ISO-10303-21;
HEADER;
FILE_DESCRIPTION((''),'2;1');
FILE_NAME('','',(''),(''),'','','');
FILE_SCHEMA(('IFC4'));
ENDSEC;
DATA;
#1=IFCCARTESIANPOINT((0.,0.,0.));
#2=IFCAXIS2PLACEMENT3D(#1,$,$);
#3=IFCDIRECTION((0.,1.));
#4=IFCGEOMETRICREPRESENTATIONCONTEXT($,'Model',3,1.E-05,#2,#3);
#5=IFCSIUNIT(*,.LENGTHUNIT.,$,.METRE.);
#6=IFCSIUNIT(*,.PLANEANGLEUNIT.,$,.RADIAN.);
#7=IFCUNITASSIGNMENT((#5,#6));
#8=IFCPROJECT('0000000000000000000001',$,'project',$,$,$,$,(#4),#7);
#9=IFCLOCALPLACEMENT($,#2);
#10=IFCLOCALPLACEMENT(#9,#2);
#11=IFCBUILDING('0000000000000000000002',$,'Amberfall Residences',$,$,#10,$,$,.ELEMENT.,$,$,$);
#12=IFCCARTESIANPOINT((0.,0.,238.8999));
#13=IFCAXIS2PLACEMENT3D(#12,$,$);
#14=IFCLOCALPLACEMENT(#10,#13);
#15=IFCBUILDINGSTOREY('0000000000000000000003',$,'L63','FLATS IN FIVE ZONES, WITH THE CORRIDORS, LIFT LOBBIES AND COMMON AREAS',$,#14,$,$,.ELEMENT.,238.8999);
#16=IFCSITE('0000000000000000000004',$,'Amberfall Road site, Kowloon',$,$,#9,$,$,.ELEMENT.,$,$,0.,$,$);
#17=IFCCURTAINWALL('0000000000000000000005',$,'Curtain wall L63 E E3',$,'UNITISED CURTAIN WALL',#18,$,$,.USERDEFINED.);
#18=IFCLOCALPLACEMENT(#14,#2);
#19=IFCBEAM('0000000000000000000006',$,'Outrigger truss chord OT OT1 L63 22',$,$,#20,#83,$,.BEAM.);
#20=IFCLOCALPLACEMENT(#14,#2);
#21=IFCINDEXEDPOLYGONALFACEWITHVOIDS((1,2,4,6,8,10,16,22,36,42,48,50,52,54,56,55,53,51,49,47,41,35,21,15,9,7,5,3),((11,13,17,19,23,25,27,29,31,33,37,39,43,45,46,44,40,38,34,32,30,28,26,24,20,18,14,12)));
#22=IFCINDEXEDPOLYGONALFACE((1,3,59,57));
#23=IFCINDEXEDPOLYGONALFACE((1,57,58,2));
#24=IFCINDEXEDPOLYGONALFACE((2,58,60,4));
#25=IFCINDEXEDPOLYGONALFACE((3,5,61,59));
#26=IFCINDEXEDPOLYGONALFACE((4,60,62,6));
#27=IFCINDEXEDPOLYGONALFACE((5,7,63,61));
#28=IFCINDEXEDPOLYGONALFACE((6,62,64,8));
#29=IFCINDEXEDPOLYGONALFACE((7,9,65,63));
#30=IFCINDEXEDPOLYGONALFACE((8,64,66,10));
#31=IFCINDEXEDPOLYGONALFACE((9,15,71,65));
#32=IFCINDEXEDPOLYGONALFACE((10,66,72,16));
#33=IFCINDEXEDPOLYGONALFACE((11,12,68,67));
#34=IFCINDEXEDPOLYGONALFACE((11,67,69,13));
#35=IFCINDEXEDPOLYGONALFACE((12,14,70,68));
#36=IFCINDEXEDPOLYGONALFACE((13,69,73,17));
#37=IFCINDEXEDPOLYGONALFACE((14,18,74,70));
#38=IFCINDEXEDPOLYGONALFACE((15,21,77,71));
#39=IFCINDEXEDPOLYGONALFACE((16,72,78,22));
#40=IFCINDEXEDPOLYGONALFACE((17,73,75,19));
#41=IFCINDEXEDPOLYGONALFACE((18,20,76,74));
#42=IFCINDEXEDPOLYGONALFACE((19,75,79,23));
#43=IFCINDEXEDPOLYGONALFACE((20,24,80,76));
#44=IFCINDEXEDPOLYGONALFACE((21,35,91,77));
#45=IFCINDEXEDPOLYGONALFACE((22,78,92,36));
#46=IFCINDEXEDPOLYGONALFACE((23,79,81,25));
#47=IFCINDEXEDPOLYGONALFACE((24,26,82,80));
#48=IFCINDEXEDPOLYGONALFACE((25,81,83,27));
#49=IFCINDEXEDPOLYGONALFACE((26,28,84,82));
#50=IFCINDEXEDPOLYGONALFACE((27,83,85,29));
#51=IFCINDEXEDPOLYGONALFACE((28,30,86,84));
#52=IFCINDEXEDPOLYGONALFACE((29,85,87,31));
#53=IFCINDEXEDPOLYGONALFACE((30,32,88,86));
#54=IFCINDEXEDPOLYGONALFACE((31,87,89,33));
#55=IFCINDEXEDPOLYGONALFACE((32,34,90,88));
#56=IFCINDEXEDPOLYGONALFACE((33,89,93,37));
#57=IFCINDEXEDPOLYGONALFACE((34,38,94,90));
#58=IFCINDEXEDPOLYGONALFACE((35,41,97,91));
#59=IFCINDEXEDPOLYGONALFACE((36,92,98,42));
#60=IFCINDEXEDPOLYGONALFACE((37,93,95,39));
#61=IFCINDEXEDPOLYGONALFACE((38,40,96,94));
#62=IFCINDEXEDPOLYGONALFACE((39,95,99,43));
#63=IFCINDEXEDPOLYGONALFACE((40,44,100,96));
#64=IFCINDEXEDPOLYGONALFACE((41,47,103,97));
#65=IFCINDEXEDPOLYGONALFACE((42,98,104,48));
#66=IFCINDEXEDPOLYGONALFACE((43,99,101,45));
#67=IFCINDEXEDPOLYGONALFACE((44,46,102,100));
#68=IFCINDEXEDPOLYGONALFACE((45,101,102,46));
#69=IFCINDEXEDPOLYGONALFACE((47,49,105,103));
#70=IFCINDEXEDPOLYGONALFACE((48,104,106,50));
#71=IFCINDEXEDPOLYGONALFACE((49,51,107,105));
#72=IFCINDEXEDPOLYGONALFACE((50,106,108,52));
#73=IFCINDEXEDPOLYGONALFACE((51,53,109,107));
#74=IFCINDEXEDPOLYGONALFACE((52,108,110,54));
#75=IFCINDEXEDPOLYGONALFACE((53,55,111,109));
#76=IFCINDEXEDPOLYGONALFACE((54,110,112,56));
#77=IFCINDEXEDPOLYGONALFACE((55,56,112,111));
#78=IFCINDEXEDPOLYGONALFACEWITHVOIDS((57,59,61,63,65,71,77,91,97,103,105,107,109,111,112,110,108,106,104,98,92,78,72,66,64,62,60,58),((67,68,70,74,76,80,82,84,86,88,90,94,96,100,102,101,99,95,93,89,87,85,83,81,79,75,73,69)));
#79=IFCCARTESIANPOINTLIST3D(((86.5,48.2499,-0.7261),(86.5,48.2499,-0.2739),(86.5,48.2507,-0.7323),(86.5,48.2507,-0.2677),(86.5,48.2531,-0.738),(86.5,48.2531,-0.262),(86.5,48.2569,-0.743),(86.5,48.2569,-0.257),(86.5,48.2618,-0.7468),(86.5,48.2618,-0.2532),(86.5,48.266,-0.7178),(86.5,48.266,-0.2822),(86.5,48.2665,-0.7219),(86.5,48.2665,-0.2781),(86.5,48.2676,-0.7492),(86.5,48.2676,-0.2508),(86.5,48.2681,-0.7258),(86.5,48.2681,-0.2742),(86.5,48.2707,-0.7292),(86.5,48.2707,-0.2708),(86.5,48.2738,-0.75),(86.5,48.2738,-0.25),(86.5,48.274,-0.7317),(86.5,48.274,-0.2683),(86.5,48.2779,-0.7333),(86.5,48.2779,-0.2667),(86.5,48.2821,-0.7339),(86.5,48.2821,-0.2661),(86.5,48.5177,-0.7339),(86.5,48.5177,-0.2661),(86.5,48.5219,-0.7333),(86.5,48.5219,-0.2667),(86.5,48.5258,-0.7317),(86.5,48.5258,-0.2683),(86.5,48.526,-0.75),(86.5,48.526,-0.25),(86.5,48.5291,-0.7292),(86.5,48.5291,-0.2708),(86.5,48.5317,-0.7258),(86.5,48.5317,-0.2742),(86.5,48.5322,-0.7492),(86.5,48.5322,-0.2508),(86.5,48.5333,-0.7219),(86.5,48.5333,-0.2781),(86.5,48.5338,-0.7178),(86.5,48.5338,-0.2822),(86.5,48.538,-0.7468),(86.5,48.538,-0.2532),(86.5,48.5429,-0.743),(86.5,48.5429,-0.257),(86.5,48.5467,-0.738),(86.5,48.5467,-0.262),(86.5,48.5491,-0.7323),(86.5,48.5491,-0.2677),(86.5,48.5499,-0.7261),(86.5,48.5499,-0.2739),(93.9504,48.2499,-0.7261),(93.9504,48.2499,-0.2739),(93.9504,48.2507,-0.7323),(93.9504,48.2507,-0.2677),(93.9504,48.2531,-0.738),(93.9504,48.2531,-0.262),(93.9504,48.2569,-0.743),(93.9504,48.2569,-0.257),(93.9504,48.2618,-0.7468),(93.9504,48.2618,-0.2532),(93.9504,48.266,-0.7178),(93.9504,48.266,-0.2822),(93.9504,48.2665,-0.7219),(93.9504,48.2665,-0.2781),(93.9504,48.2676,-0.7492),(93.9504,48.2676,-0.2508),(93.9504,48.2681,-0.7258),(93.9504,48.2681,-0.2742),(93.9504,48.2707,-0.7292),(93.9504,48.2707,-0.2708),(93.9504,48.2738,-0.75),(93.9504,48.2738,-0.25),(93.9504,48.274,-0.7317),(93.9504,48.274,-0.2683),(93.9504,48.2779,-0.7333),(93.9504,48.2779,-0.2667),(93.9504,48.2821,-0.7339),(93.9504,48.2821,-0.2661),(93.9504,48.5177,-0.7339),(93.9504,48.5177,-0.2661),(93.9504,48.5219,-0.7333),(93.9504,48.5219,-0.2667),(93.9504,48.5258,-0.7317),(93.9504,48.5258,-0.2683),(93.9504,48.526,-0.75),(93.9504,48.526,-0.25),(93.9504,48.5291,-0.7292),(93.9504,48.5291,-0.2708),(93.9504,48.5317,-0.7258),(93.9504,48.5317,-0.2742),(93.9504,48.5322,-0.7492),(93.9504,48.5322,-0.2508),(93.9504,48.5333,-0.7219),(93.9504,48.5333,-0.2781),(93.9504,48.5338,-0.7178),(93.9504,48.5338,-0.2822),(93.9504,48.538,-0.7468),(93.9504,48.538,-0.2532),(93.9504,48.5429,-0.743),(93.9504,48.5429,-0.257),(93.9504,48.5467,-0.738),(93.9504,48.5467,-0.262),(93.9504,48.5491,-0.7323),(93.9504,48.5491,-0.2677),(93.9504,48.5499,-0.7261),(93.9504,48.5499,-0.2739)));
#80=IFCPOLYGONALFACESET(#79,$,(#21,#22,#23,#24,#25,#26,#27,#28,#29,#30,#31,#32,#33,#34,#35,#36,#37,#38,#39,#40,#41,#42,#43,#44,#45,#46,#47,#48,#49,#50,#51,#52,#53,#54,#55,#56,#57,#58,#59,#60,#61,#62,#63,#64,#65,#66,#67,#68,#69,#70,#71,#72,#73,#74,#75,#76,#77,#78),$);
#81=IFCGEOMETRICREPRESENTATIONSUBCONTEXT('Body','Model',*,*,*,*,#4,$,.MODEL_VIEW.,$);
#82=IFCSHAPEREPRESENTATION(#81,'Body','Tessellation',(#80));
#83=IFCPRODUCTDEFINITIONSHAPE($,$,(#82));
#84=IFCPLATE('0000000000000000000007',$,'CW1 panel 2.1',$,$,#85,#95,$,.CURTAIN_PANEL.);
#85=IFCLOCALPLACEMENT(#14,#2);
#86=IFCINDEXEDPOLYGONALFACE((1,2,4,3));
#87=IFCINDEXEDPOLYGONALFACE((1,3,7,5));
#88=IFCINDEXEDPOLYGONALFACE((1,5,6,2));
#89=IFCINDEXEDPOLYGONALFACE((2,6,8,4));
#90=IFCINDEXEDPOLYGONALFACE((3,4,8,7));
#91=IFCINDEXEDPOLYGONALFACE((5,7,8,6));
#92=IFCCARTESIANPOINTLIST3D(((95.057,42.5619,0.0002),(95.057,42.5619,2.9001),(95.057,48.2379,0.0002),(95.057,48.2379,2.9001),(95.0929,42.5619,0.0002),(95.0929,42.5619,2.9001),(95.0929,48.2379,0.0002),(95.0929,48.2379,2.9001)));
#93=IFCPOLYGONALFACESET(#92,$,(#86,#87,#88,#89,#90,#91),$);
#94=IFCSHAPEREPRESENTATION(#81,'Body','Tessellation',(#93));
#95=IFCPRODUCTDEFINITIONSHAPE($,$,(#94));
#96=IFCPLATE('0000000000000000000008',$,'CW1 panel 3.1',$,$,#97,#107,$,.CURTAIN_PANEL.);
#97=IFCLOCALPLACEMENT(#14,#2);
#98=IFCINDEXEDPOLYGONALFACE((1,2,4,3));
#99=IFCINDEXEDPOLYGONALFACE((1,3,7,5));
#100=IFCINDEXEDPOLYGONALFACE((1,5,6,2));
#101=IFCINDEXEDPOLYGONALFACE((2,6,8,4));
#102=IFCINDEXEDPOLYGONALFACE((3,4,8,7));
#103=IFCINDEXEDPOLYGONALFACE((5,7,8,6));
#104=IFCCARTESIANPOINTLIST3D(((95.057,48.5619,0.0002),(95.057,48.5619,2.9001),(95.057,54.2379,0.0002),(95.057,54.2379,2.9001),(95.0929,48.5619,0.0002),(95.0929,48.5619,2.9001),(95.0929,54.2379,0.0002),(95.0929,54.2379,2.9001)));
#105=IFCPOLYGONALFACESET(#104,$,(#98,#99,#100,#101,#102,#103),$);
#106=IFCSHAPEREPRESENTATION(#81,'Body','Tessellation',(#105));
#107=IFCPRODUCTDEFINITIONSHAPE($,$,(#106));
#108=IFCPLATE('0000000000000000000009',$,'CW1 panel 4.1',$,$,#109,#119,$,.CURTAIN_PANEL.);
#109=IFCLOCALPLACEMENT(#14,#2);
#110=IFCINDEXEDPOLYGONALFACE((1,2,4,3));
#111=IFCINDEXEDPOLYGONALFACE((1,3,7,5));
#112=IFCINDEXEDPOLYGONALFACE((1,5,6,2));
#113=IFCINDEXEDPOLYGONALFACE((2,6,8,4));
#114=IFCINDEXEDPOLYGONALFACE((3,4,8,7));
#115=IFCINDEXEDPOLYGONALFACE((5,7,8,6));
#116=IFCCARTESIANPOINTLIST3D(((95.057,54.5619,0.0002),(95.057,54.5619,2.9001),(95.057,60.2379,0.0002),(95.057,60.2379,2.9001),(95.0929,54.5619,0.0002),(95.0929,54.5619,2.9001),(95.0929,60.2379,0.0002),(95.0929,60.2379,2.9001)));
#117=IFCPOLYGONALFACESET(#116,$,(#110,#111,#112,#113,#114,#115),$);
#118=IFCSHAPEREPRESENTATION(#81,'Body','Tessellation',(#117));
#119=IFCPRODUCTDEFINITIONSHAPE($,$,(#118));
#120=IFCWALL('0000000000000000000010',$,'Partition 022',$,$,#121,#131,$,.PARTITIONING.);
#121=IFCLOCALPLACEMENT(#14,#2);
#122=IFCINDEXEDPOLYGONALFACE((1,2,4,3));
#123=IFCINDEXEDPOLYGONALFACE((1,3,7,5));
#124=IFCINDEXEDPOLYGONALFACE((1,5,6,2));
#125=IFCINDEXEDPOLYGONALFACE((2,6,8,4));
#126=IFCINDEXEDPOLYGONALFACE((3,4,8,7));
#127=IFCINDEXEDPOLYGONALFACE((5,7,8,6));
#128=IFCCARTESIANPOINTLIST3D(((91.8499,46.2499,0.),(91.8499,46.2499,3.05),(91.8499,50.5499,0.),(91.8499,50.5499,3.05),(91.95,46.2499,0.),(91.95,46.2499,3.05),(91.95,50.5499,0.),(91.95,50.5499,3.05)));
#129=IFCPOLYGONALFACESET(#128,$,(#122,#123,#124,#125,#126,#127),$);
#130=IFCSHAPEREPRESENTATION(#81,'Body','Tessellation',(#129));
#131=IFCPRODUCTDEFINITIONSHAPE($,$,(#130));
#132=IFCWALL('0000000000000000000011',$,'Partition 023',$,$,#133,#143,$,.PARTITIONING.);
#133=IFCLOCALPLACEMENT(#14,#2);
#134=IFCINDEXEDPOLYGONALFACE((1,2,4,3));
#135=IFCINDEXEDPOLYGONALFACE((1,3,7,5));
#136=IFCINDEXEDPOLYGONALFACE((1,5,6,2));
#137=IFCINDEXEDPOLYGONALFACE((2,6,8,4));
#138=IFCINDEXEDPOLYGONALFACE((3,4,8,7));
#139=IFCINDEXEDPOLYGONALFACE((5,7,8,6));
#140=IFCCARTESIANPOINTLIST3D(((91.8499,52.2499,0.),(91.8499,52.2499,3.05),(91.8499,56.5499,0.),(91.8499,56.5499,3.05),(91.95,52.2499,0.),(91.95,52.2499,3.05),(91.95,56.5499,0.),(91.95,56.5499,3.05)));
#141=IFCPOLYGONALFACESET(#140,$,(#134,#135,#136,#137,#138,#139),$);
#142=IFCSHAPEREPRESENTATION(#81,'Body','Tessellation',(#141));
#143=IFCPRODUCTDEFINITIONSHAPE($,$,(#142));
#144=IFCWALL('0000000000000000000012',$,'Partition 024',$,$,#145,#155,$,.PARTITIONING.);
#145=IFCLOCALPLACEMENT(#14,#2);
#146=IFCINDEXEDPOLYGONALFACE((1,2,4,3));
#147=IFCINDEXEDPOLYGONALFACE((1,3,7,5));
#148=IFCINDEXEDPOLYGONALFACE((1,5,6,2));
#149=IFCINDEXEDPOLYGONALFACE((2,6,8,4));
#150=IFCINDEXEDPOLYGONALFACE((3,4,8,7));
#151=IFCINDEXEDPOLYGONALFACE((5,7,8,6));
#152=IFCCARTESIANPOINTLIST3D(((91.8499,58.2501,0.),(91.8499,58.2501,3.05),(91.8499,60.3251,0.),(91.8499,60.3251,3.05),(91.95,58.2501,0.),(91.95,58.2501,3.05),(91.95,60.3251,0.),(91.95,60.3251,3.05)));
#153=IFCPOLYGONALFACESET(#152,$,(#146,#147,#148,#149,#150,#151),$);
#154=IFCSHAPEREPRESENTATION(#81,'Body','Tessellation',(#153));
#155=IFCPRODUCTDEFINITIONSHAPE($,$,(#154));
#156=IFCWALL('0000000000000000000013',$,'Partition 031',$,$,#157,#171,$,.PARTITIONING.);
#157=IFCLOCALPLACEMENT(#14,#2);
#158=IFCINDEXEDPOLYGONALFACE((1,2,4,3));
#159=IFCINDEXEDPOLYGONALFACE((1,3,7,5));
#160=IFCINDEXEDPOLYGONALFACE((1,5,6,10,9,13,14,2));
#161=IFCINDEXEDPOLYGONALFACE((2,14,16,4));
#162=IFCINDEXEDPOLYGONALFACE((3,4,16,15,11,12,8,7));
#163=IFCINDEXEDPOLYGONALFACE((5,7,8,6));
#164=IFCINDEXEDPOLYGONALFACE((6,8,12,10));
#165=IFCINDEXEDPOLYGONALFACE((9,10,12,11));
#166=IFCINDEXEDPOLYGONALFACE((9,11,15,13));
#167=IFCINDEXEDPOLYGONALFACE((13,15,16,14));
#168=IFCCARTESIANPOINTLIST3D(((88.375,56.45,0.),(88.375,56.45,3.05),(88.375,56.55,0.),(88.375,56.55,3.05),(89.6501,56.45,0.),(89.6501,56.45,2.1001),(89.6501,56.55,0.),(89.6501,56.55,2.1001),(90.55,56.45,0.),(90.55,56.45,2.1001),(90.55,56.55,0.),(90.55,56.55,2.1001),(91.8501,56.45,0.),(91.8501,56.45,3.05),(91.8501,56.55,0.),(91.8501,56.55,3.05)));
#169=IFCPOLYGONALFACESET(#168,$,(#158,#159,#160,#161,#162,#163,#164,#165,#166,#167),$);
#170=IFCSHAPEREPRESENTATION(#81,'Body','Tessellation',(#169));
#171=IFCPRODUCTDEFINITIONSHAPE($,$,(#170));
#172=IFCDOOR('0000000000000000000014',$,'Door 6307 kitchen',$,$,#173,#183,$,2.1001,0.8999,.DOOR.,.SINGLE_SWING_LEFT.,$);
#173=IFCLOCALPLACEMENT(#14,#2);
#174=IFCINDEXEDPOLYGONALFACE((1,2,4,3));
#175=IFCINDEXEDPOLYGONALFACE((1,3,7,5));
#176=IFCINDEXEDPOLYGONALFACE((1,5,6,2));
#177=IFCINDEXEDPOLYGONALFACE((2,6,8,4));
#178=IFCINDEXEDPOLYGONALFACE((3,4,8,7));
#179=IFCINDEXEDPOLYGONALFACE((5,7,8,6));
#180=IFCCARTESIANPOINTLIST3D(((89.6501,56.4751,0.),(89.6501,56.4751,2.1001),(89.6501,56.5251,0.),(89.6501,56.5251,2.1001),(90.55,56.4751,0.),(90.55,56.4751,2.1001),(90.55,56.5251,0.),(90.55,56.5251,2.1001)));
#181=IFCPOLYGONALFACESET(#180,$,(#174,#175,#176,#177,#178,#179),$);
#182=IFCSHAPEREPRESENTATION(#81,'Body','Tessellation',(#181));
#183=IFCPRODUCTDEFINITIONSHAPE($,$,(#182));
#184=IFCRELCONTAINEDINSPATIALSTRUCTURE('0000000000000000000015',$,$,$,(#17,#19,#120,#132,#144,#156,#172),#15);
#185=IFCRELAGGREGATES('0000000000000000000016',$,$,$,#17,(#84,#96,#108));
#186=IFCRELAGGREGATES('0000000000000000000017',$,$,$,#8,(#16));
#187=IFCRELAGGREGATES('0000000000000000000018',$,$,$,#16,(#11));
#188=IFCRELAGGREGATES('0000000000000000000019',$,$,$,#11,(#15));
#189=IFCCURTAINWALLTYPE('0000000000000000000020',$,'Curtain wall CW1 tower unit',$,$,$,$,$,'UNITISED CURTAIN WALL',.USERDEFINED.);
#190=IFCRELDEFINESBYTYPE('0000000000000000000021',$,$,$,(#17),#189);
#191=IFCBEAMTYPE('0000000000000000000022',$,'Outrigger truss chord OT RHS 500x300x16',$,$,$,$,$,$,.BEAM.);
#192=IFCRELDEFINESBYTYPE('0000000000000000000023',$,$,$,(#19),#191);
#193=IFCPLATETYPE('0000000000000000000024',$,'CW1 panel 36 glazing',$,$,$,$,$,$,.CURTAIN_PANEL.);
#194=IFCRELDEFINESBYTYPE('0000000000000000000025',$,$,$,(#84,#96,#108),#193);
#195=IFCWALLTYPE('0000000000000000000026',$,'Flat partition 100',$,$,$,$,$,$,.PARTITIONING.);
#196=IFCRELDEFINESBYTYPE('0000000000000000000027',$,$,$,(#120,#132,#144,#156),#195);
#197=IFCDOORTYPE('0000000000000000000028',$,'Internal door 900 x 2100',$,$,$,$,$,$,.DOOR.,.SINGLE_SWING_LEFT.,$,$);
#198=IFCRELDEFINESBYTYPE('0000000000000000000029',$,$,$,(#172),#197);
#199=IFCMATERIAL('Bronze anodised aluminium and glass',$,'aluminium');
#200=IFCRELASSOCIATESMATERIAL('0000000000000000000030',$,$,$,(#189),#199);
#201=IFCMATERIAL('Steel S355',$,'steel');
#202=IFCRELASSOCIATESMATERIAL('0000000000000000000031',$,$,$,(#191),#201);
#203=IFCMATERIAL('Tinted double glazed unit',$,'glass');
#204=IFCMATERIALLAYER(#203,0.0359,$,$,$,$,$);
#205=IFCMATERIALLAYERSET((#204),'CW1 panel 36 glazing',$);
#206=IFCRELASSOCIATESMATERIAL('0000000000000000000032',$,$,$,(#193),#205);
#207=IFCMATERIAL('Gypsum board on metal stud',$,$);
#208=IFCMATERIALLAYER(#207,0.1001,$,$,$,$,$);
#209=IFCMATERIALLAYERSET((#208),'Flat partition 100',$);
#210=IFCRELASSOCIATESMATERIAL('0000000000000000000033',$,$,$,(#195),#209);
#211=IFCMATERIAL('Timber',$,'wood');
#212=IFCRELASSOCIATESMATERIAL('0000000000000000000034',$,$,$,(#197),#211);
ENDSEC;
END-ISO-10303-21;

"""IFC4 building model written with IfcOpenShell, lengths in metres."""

from ifc_helpers import new_model, si_unit, direction, frame, frame_2d, origin, origin_2d, place, context, subcontext, project, spatial, rectangle, hollow_rectangle, extrude, material, layer, layer_set, material_profile, profile_set, type_object, element, fill, aggregate, save


model = new_model("IFC4")

# Units and contexts
model_context = context("Model", 3, precision=1e-05, world=origin(), true_north=direction((0.0, 1.0)))
body_context = subcontext(model_context, "Body", "Model", "MODEL_VIEW")
ifc_project = project(units=[si_unit("LENGTHUNIT", "METRE"), si_unit("PLANEANGLEUNIT", "RADIAN")], contexts=[model_context])

# Site, building, storey
site_placement = place(None, origin())
site = spatial("IfcSite", under=ifc_project, at=site_placement, Name="Amberfall Road site, Kowloon", CompositionType="ELEMENT", RefElevation=0.0)
building_placement = place(site_placement, origin())
building = spatial("IfcBuilding", under=site, at=building_placement, Name="Amberfall Residences", CompositionType="ELEMENT")
storey_placement = place(building_placement, frame((0.0, 0.0, 238.8999)))
storey = spatial("IfcBuildingStorey", under=building, at=storey_placement, Name="L63", Description="FLATS IN FIVE ZONES, WITH THE CORRIDORS, LIFT LOBBIES AND COMMON AREAS", CompositionType="ELEMENT", Elevation=238.8999)

# Shared definitions
ifc_material_1 = material(Name="Steel S355", Category="steel")

# Curtain wall
ifc_material_2 = material(Name="Bronze anodised aluminium and glass", Category="aluminium")
curtain_wall_type = type_object("IfcCurtainWallType", Name="Curtain wall CW1 tower unit", ElementType="UNITISED CURTAIN WALL", PredefinedType="USERDEFINED", material=ifc_material_2)
curtain_wall_placement = place(storey_placement, origin())
curtain_wall = element("IfcCurtainWall", 1, at=curtain_wall_placement, inside=storey, type_object=curtain_wall_type, Name="Curtain wall L63 E E3", ObjectType="UNITISED CURTAIN WALL", PredefinedType="USERDEFINED")

# Beam
ifc_material_profile_1 = material_profile(ifc_material_1, hollow_rectangle(XDim=0.3, YDim=0.5, WallThickness=0.0161, InnerFilletRadius=0.0161, OuterFilletRadius=0.0239, at=origin_2d()), Name="RHS 500x300x16")
ifc_profile_set_1 = profile_set([ifc_material_profile_1], Name="Steel S355")
beam_type_1 = type_object("IfcBeamType", Name="Outrigger truss chord OT RHS 500x300x16", PredefinedType="BEAM", material=ifc_profile_set_1)
beam_1_placement = place(storey_placement, frame((93.9504, 48.3999, -0.5), z_axis=(-1.0, 0.0, 0.0), x_axis=(0.0, -1.0, 0.0)))
element("IfcBeam", 2, at=beam_1_placement, inside=storey, type_object=beam_type_1, Name="Outrigger truss chord OT OT1 L63 22", PredefinedType="BEAM", context=body_context, shape_type="SweptSolid", body=[
    extrude(hollow_rectangle(XDim=0.3, YDim=0.5, WallThickness=0.0161, InnerFilletRadius=0.0161, OuterFilletRadius=0.0239, at=origin_2d()), origin(), (0.0, 0.0, 1.0), 7.4504),
])

# Plates
ifc_material_3 = material(Name="Tinted double glazed unit", Category="glass")
ifc_layer_1 = layer(ifc_material_3, 0.0359)
ifc_layer_set_1 = layer_set([ifc_layer_1], Name="CW1 panel 36 glazing")
plate_type = type_object("IfcPlateType", Name="CW1 panel 36 glazing", PredefinedType="CURTAIN_PANEL", material=ifc_layer_set_1)
plate_1_placement = place(storey_placement, frame((95.075, 45.3999, 0.0002), z_axis=(0.0, 0.0, 1.0), x_axis=(0.0, 1.0, 0.0)))
plate_1 = element("IfcPlate", 3, at=plate_1_placement, type_object=plate_type, Name="CW1 panel 2.1", PredefinedType="CURTAIN_PANEL", context=body_context, shape_type="SweptSolid", body=[
    extrude(rectangle(XDim=5.676, YDim=0.0359, at=origin_2d()), origin(), (0.0, 0.0, 1.0), 2.8999),
])
plate_2_placement = place(storey_placement, frame((95.075, 51.3999, 0.0002), z_axis=(0.0, 0.0, 1.0), x_axis=(0.0, 1.0, 0.0)))
plate_2 = element("IfcPlate", 4, at=plate_2_placement, type_object=plate_type, Name="CW1 panel 3.1", PredefinedType="CURTAIN_PANEL", context=body_context, shape_type="SweptSolid", body=[
    extrude(rectangle(XDim=5.676, YDim=0.0359, at=origin_2d()), origin(), (0.0, 0.0, 1.0), 2.8999),
])
plate_3_placement = place(storey_placement, frame((95.075, 57.3999, 0.0002), z_axis=(0.0, 0.0, 1.0), x_axis=(0.0, 1.0, 0.0)))
plate_3 = element("IfcPlate", 5, at=plate_3_placement, type_object=plate_type, Name="CW1 panel 4.1", PredefinedType="CURTAIN_PANEL", context=body_context, shape_type="SweptSolid", body=[
    extrude(rectangle(XDim=5.676, YDim=0.0359, at=origin_2d()), origin(), (0.0, 0.0, 1.0), 2.8999),
])
aggregate(curtain_wall, [plate_1, plate_2, plate_3])

# Walls
ifc_material_4 = material(Name="Gypsum board on metal stud")
ifc_layer_2 = layer(ifc_material_4, 0.1001)
ifc_layer_set_2 = layer_set([ifc_layer_2], Name="Flat partition 100")
wall_type = type_object("IfcWallType", Name="Flat partition 100", PredefinedType="PARTITIONING", material=ifc_layer_set_2)
for number, where, z_axis, x_axis, name in (
    (6, (91.8999, 46.25, 0.0), (0.0, 0.0, 1.0), (0.0, 1.0, 0.0), "Partition 022"),
    (7, (91.8999, 52.25, 0.0), (0.0, 0.0, 1.0), (0.0, 1.0, 0.0), "Partition 023"),
):
    element("IfcWall", number, at=place(storey_placement, frame(where, z_axis=z_axis, x_axis=x_axis)), inside=storey, type_object=wall_type, Name=name, PredefinedType="PARTITIONING", context=body_context, shape_type="SweptSolid", body=[
        extrude(rectangle(XDim=4.3, YDim=0.1001, at=frame_2d((2.1499, 0.0))), origin(), (0.0, 0.0, 1.0), 3.05),
    ])
wall_1_placement = place(storey_placement, frame((91.8999, 58.25, 0.0), z_axis=(0.0, 0.0, 1.0), x_axis=(0.0, 1.0, 0.0)))
element("IfcWall", 8, at=wall_1_placement, inside=storey, type_object=wall_type, Name="Partition 024", PredefinedType="PARTITIONING", context=body_context, shape_type="SweptSolid", body=[
    extrude(rectangle(XDim=2.075, YDim=0.1001, at=frame_2d((1.0376, 0.0))), origin(), (0.0, 0.0, 1.0), 3.05),
])

# Wall, opening, door
wall_2_placement = place(storey_placement, frame((91.8501, 56.5, 0.0), z_axis=(0.0, 0.0, 1.0), x_axis=(-1.0, 0.0, 0.0)))
wall_2 = element("IfcWall", 9, at=wall_2_placement, inside=storey, type_object=wall_type, Name="Partition 031", PredefinedType="PARTITIONING", context=body_context, shape_type="SweptSolid", body=[
    extrude(rectangle(XDim=3.4751, YDim=0.1001, at=frame_2d((1.7375, 0.0))), origin(), (0.0, 0.0, 1.0), 3.05),
])
opening_1_placement = place(wall_2_placement, frame((1.3, 0.0, 0.0)))
opening_1 = element("IfcOpeningElement", 10, at=opening_1_placement, cuts=wall_2, PredefinedType="OPENING", context=body_context, shape_type="SweptSolid", body=[
    extrude(rectangle(XDim=0.8999, YDim=2.1001, at=frame_2d((0.45, 1.05))), frame((0.0, 0.0601, 0.0), z_axis=(0.0, -1.0, 0.0), x_axis=(1.0, 0.0, 0.0)), (0.0, 0.0, 1.0), 0.1201),
])
ifc_material_5 = material(Name="Timber", Category="wood")
door_type = type_object("IfcDoorType", Name="Internal door 900 x 2100", OperationType="SINGLE_SWING_LEFT", PredefinedType="DOOR", material=ifc_material_5)
door_1_placement = place(opening_1_placement, origin())
door_1 = element("IfcDoor", 11, at=door_1_placement, inside=storey, type_object=door_type, Name="Door 6307 kitchen", OperationType="SINGLE_SWING_LEFT", OverallHeight=2.1001, OverallWidth=0.8999, PredefinedType="DOOR", context=body_context, shape_type="SweptSolid", body=[
    extrude(rectangle(XDim=0.8999, YDim=2.1001, at=frame_2d((0.45, 1.05))), frame((0.0, 0.0249, 0.0), z_axis=(0.0, -1.0, 0.0), x_axis=(1.0, 0.0, 0.0)), (0.0, 0.0, 1.0), 0.05),
])
fill(opening_1, door_1)

save(model, "model.ifc")
